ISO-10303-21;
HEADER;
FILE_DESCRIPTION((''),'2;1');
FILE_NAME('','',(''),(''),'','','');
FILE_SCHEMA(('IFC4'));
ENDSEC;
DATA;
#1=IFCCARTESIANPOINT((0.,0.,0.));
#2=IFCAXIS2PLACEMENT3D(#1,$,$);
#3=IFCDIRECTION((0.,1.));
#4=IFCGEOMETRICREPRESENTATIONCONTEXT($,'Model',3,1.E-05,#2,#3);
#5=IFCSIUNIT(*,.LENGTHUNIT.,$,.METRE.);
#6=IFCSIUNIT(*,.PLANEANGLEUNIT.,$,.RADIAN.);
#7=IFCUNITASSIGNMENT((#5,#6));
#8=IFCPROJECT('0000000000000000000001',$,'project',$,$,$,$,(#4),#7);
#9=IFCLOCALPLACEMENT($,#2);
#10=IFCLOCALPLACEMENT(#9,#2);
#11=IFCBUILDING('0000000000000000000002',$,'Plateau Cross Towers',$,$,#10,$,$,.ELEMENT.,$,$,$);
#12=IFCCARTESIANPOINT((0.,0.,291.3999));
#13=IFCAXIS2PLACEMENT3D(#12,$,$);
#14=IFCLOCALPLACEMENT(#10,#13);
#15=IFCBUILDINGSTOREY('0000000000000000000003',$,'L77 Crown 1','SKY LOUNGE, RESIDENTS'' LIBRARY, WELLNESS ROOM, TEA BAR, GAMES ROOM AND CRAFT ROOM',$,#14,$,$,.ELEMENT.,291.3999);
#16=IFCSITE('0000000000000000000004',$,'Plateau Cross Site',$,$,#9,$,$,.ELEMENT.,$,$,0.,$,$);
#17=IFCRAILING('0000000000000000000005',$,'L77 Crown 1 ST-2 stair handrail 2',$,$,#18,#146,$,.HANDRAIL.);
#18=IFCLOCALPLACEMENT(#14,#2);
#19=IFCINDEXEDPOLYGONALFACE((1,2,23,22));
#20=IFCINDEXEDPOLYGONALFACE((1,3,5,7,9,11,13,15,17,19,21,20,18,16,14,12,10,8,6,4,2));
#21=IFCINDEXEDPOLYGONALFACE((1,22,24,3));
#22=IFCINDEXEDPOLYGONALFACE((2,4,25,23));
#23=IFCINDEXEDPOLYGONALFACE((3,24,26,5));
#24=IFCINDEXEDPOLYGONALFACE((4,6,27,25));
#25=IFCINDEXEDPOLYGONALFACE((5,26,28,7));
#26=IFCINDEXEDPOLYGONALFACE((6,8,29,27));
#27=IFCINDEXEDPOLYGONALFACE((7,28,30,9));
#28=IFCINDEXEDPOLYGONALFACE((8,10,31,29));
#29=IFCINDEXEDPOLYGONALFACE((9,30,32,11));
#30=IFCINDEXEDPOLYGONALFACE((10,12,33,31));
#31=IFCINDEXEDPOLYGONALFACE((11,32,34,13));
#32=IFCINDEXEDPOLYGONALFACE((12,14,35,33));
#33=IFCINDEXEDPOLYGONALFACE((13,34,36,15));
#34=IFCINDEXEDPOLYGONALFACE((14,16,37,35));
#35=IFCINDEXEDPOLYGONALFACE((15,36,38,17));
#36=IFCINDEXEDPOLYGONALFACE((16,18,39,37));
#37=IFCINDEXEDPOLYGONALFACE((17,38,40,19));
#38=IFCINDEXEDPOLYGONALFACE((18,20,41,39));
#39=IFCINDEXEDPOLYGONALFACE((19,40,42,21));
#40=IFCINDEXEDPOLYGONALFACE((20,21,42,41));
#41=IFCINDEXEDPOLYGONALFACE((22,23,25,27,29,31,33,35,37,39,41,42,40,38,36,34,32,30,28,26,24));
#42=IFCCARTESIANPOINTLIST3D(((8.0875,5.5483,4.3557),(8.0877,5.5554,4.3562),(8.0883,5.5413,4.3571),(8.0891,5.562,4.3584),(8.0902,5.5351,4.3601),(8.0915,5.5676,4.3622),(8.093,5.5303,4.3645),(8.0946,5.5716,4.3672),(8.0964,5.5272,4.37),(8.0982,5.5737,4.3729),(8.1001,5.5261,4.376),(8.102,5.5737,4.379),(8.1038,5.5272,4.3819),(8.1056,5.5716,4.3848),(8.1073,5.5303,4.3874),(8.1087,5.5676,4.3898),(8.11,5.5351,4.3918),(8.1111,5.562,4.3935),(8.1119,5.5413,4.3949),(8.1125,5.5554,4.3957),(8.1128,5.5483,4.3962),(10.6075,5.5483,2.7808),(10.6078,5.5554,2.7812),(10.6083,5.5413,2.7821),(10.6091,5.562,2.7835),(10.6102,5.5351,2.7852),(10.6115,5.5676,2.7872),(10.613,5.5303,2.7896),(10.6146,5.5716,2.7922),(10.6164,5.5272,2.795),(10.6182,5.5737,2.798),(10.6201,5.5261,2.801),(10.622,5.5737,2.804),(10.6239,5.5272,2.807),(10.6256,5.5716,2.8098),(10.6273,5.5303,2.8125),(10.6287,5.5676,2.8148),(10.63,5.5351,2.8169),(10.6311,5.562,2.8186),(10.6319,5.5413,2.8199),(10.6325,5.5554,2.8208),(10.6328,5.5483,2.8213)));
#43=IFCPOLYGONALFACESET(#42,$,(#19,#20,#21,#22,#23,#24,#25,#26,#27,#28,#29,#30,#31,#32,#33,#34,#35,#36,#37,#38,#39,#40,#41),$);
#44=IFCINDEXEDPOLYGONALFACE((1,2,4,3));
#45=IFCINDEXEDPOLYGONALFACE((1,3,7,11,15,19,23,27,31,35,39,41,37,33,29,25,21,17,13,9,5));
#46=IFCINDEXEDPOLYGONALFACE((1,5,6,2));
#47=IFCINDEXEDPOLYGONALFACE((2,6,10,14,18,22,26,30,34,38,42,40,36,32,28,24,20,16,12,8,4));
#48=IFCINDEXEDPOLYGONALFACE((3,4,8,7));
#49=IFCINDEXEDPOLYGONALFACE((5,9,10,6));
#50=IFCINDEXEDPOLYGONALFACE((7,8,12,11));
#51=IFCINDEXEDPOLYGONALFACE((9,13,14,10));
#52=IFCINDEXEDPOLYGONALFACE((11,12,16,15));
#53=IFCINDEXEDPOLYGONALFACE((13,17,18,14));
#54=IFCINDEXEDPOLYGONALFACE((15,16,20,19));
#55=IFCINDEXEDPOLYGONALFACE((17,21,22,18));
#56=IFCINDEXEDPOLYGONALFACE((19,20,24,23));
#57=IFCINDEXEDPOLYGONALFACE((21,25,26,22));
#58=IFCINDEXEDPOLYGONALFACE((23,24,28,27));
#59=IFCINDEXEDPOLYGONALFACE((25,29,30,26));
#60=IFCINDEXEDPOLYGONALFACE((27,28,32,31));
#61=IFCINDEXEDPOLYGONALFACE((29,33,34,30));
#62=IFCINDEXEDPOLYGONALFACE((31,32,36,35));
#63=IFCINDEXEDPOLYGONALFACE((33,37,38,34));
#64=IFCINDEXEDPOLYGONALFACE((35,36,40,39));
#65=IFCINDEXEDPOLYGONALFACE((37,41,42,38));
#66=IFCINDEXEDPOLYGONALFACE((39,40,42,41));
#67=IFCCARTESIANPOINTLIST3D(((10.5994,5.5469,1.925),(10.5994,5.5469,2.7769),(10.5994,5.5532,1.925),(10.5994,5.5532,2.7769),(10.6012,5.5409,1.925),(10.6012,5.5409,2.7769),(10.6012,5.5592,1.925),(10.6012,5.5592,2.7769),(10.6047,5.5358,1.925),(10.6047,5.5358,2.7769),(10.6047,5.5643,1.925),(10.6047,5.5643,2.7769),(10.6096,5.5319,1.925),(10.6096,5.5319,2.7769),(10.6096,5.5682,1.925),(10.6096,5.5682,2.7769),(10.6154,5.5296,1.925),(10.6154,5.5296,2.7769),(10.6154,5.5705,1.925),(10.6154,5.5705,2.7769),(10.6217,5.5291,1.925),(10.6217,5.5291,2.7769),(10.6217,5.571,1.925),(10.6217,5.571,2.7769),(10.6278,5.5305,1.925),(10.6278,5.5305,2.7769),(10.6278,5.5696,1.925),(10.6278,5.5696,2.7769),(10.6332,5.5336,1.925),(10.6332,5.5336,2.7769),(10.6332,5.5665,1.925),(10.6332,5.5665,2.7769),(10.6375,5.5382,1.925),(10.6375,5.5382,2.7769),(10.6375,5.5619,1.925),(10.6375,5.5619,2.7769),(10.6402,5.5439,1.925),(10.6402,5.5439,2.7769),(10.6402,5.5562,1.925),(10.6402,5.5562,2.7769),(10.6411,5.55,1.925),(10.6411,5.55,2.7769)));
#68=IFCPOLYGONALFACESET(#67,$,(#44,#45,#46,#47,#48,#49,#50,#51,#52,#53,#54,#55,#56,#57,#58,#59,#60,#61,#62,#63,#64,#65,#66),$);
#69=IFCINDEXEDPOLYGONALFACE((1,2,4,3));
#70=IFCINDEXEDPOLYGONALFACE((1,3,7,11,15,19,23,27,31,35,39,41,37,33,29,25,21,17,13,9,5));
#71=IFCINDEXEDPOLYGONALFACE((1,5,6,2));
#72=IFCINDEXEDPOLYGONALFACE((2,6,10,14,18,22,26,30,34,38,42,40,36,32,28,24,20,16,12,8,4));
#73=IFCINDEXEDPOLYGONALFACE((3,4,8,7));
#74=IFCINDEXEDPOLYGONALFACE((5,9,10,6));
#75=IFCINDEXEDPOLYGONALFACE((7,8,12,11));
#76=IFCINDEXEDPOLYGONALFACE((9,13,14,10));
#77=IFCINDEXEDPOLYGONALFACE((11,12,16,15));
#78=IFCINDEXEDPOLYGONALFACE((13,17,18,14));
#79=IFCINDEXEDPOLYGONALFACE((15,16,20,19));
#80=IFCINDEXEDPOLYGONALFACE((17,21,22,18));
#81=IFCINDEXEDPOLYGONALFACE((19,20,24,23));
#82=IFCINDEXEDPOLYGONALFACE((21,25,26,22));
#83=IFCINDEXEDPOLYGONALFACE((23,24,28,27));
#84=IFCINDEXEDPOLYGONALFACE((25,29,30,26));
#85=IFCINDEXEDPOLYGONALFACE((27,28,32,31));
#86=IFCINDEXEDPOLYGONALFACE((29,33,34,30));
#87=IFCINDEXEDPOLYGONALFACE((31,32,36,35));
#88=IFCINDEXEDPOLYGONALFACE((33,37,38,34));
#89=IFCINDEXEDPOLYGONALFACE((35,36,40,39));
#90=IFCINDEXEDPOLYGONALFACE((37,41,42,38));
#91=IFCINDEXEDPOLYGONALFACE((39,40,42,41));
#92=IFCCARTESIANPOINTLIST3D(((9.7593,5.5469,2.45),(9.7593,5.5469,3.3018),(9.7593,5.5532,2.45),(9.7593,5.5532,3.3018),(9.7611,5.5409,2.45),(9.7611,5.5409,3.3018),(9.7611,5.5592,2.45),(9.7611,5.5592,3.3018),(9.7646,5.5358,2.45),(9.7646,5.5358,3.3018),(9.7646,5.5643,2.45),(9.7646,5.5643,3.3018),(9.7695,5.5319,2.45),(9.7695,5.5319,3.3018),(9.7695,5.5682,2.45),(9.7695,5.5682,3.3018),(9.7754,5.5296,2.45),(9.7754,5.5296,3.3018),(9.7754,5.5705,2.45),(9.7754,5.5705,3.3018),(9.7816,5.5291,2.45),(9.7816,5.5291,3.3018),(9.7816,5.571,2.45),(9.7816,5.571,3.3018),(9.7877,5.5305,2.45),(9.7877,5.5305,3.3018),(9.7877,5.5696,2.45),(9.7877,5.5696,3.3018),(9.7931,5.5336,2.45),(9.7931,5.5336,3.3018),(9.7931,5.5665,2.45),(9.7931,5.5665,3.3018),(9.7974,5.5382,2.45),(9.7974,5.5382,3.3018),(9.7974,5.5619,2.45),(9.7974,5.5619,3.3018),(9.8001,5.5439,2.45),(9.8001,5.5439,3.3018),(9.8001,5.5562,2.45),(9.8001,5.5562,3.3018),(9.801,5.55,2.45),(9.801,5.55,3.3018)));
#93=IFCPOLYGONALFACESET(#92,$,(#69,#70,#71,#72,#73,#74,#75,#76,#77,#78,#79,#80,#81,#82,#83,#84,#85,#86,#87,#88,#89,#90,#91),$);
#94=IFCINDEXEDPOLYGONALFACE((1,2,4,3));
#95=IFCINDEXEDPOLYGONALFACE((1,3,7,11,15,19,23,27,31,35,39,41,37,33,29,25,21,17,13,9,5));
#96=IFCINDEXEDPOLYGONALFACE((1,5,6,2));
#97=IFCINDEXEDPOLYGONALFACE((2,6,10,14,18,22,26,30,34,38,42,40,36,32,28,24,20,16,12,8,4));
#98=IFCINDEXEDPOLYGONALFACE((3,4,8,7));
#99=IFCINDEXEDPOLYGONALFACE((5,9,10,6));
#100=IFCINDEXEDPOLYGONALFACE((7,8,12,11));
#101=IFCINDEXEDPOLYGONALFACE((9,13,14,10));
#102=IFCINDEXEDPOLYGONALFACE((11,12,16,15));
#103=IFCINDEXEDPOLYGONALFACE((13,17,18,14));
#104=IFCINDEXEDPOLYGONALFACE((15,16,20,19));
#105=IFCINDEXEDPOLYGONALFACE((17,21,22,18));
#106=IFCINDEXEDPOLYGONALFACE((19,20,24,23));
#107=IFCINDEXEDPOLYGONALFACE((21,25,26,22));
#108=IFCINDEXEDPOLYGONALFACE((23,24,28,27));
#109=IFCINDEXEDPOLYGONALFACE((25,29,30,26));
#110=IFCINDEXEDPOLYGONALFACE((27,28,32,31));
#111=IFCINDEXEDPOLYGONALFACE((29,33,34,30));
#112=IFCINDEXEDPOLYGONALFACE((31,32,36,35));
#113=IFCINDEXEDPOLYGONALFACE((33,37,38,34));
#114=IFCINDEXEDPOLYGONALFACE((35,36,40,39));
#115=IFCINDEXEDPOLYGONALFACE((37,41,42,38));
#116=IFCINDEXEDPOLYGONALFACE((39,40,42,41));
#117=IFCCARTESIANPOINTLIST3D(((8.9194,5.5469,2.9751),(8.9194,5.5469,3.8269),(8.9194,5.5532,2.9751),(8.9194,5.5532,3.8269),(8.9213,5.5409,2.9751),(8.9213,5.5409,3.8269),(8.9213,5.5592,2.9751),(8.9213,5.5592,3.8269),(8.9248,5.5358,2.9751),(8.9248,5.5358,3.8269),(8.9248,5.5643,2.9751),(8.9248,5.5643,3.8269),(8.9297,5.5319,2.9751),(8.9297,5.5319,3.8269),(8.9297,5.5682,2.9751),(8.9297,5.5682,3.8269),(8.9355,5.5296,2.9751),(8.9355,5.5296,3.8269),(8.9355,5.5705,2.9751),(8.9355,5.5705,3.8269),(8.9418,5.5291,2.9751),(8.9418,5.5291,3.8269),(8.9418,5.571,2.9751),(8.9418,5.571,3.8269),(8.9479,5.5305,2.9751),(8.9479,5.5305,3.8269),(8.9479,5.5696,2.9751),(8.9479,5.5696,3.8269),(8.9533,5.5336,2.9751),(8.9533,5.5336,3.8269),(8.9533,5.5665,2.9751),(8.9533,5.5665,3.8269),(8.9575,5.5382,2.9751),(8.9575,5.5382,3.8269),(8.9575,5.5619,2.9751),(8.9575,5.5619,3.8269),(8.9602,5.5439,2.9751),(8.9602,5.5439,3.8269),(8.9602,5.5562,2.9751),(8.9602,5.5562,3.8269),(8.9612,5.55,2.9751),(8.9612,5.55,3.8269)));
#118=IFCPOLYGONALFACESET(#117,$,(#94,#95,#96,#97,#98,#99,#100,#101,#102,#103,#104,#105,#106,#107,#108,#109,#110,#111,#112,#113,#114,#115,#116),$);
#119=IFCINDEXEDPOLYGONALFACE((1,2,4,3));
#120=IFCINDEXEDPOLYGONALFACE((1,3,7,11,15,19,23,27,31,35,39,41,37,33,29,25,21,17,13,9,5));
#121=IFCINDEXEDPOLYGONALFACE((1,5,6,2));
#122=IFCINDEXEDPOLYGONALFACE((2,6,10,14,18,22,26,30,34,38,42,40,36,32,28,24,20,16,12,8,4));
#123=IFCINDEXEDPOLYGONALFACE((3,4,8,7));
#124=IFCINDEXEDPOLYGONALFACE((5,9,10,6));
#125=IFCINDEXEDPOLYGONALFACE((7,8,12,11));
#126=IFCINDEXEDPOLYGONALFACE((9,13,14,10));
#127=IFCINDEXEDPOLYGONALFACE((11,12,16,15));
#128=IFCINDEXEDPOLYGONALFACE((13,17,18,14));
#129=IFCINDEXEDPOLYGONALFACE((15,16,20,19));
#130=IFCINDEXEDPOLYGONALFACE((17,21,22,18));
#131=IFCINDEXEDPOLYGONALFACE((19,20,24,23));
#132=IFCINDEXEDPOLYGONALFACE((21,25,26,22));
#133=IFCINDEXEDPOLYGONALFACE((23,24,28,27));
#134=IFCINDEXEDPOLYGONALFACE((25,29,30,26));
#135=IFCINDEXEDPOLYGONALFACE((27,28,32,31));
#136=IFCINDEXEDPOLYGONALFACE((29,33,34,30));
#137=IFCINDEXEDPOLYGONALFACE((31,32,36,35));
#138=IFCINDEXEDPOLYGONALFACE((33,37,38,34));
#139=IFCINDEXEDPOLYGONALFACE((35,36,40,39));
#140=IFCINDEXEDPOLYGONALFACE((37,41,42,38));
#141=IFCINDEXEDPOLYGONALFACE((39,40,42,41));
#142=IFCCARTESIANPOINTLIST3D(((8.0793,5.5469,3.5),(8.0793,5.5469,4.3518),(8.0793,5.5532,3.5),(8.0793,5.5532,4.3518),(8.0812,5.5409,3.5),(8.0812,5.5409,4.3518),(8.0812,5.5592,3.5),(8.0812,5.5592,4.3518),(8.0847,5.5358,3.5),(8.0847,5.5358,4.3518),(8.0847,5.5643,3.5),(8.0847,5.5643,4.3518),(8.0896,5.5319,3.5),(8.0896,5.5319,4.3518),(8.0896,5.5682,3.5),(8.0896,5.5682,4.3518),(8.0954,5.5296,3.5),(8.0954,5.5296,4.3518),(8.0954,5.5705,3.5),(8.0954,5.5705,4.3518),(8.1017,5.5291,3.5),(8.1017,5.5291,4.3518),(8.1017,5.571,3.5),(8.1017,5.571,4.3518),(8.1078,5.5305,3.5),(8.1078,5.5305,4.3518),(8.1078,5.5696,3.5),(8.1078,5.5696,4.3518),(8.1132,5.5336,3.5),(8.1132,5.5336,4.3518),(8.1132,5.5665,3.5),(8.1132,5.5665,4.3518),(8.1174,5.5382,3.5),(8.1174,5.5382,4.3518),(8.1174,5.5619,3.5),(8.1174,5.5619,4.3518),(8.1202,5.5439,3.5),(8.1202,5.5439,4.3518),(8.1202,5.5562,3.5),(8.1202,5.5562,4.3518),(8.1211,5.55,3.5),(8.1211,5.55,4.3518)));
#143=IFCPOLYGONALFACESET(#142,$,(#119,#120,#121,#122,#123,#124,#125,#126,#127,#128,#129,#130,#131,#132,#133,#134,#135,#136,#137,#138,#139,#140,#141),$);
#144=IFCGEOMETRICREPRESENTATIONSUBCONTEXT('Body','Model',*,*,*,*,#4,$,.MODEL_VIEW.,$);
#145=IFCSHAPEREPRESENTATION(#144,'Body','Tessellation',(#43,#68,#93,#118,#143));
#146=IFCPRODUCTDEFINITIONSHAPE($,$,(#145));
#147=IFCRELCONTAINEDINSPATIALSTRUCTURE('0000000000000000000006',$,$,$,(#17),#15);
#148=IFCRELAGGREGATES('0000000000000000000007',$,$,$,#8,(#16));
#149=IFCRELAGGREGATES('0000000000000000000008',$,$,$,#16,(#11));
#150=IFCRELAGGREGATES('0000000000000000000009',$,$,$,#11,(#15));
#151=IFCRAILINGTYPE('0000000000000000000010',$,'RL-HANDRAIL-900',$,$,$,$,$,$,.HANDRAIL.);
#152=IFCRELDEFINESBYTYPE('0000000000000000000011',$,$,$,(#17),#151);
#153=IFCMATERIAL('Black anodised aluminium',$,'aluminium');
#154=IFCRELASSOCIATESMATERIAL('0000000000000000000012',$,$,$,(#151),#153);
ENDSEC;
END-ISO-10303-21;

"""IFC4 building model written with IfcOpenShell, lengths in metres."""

from ifc_helpers import new_model, si_unit, direction, frame, origin, origin_2d, place, context, subcontext, project, spatial, circle, extrude, material, type_object, element, save


model = new_model("IFC4")

# Units and contexts
model_context = context("Model", 3, precision=1e-05, world=origin(), true_north=direction((0.0, 1.0)))
body_context = subcontext(model_context, "Body", "Model", "MODEL_VIEW")
ifc_project = project(units=[si_unit("LENGTHUNIT", "METRE"), si_unit("PLANEANGLEUNIT", "RADIAN")], contexts=[model_context])

# Site, building, storey
site_placement = place(None, origin())
site = spatial("IfcSite", under=ifc_project, at=site_placement, Name="Plateau Cross Site", CompositionType="ELEMENT", RefElevation=0.0)
building_placement = place(site_placement, origin())
building = spatial("IfcBuilding", under=site, at=building_placement, Name="Plateau Cross Towers", CompositionType="ELEMENT")
storey_placement = place(building_placement, frame((0.0, 0.0, 291.3999)))
storey = spatial("IfcBuildingStorey", under=building, at=storey_placement, Name="L77 Crown 1", Description="SKY LOUNGE, RESIDENTS' LIBRARY, WELLNESS ROOM, TEA BAR, GAMES ROOM AND CRAFT ROOM", CompositionType="ELEMENT", Elevation=291.3999)

# Shared definitions
ifc_material_1 = material(Name="Black anodised aluminium", Category="aluminium")

# Railing
railing_type_1 = type_object("IfcRailingType", Name="RL-HANDRAIL-900", PredefinedType="HANDRAIL", material=ifc_material_1)
railing_1_placement = place(storey_placement, frame((10.6201, 5.55, 1.925)))
element("IfcRailing", 1, at=railing_1_placement, inside=storey, type_object=railing_type_1, Name="L77 Crown 1 ST-2 stair handrail 2", PredefinedType="HANDRAIL", context=body_context, shape_type="SweptSolid", body=[
    extrude(circle(Radius=0.0239, at=origin_2d()), frame((0.0, 0.0, 0.876), z_axis=(-0.848008, 0.0, 0.529984), x_axis=(0.0, -1.0, 0.0)), (0.0, 0.0, 1.0), 2.9717),
    extrude(circle(Radius=0.021, at=origin_2d()), origin(), (0.0, 0.0, 1.0), 0.8518),
    extrude(circle(Radius=0.021, at=origin_2d()), frame((-0.8401, 0.0, 0.5249)), (0.0, 0.0, 1.0), 0.8518),
    extrude(circle(Radius=0.021, at=origin_2d()), frame((-1.6799, 0.0, 1.05)), (0.0, 0.0, 1.0), 0.8518),
    extrude(circle(Radius=0.021, at=origin_2d()), frame((-2.52, 0.0, 1.575)), (0.0, 0.0, 1.0), 0.8518),
])

save(model, "model.ifc")
